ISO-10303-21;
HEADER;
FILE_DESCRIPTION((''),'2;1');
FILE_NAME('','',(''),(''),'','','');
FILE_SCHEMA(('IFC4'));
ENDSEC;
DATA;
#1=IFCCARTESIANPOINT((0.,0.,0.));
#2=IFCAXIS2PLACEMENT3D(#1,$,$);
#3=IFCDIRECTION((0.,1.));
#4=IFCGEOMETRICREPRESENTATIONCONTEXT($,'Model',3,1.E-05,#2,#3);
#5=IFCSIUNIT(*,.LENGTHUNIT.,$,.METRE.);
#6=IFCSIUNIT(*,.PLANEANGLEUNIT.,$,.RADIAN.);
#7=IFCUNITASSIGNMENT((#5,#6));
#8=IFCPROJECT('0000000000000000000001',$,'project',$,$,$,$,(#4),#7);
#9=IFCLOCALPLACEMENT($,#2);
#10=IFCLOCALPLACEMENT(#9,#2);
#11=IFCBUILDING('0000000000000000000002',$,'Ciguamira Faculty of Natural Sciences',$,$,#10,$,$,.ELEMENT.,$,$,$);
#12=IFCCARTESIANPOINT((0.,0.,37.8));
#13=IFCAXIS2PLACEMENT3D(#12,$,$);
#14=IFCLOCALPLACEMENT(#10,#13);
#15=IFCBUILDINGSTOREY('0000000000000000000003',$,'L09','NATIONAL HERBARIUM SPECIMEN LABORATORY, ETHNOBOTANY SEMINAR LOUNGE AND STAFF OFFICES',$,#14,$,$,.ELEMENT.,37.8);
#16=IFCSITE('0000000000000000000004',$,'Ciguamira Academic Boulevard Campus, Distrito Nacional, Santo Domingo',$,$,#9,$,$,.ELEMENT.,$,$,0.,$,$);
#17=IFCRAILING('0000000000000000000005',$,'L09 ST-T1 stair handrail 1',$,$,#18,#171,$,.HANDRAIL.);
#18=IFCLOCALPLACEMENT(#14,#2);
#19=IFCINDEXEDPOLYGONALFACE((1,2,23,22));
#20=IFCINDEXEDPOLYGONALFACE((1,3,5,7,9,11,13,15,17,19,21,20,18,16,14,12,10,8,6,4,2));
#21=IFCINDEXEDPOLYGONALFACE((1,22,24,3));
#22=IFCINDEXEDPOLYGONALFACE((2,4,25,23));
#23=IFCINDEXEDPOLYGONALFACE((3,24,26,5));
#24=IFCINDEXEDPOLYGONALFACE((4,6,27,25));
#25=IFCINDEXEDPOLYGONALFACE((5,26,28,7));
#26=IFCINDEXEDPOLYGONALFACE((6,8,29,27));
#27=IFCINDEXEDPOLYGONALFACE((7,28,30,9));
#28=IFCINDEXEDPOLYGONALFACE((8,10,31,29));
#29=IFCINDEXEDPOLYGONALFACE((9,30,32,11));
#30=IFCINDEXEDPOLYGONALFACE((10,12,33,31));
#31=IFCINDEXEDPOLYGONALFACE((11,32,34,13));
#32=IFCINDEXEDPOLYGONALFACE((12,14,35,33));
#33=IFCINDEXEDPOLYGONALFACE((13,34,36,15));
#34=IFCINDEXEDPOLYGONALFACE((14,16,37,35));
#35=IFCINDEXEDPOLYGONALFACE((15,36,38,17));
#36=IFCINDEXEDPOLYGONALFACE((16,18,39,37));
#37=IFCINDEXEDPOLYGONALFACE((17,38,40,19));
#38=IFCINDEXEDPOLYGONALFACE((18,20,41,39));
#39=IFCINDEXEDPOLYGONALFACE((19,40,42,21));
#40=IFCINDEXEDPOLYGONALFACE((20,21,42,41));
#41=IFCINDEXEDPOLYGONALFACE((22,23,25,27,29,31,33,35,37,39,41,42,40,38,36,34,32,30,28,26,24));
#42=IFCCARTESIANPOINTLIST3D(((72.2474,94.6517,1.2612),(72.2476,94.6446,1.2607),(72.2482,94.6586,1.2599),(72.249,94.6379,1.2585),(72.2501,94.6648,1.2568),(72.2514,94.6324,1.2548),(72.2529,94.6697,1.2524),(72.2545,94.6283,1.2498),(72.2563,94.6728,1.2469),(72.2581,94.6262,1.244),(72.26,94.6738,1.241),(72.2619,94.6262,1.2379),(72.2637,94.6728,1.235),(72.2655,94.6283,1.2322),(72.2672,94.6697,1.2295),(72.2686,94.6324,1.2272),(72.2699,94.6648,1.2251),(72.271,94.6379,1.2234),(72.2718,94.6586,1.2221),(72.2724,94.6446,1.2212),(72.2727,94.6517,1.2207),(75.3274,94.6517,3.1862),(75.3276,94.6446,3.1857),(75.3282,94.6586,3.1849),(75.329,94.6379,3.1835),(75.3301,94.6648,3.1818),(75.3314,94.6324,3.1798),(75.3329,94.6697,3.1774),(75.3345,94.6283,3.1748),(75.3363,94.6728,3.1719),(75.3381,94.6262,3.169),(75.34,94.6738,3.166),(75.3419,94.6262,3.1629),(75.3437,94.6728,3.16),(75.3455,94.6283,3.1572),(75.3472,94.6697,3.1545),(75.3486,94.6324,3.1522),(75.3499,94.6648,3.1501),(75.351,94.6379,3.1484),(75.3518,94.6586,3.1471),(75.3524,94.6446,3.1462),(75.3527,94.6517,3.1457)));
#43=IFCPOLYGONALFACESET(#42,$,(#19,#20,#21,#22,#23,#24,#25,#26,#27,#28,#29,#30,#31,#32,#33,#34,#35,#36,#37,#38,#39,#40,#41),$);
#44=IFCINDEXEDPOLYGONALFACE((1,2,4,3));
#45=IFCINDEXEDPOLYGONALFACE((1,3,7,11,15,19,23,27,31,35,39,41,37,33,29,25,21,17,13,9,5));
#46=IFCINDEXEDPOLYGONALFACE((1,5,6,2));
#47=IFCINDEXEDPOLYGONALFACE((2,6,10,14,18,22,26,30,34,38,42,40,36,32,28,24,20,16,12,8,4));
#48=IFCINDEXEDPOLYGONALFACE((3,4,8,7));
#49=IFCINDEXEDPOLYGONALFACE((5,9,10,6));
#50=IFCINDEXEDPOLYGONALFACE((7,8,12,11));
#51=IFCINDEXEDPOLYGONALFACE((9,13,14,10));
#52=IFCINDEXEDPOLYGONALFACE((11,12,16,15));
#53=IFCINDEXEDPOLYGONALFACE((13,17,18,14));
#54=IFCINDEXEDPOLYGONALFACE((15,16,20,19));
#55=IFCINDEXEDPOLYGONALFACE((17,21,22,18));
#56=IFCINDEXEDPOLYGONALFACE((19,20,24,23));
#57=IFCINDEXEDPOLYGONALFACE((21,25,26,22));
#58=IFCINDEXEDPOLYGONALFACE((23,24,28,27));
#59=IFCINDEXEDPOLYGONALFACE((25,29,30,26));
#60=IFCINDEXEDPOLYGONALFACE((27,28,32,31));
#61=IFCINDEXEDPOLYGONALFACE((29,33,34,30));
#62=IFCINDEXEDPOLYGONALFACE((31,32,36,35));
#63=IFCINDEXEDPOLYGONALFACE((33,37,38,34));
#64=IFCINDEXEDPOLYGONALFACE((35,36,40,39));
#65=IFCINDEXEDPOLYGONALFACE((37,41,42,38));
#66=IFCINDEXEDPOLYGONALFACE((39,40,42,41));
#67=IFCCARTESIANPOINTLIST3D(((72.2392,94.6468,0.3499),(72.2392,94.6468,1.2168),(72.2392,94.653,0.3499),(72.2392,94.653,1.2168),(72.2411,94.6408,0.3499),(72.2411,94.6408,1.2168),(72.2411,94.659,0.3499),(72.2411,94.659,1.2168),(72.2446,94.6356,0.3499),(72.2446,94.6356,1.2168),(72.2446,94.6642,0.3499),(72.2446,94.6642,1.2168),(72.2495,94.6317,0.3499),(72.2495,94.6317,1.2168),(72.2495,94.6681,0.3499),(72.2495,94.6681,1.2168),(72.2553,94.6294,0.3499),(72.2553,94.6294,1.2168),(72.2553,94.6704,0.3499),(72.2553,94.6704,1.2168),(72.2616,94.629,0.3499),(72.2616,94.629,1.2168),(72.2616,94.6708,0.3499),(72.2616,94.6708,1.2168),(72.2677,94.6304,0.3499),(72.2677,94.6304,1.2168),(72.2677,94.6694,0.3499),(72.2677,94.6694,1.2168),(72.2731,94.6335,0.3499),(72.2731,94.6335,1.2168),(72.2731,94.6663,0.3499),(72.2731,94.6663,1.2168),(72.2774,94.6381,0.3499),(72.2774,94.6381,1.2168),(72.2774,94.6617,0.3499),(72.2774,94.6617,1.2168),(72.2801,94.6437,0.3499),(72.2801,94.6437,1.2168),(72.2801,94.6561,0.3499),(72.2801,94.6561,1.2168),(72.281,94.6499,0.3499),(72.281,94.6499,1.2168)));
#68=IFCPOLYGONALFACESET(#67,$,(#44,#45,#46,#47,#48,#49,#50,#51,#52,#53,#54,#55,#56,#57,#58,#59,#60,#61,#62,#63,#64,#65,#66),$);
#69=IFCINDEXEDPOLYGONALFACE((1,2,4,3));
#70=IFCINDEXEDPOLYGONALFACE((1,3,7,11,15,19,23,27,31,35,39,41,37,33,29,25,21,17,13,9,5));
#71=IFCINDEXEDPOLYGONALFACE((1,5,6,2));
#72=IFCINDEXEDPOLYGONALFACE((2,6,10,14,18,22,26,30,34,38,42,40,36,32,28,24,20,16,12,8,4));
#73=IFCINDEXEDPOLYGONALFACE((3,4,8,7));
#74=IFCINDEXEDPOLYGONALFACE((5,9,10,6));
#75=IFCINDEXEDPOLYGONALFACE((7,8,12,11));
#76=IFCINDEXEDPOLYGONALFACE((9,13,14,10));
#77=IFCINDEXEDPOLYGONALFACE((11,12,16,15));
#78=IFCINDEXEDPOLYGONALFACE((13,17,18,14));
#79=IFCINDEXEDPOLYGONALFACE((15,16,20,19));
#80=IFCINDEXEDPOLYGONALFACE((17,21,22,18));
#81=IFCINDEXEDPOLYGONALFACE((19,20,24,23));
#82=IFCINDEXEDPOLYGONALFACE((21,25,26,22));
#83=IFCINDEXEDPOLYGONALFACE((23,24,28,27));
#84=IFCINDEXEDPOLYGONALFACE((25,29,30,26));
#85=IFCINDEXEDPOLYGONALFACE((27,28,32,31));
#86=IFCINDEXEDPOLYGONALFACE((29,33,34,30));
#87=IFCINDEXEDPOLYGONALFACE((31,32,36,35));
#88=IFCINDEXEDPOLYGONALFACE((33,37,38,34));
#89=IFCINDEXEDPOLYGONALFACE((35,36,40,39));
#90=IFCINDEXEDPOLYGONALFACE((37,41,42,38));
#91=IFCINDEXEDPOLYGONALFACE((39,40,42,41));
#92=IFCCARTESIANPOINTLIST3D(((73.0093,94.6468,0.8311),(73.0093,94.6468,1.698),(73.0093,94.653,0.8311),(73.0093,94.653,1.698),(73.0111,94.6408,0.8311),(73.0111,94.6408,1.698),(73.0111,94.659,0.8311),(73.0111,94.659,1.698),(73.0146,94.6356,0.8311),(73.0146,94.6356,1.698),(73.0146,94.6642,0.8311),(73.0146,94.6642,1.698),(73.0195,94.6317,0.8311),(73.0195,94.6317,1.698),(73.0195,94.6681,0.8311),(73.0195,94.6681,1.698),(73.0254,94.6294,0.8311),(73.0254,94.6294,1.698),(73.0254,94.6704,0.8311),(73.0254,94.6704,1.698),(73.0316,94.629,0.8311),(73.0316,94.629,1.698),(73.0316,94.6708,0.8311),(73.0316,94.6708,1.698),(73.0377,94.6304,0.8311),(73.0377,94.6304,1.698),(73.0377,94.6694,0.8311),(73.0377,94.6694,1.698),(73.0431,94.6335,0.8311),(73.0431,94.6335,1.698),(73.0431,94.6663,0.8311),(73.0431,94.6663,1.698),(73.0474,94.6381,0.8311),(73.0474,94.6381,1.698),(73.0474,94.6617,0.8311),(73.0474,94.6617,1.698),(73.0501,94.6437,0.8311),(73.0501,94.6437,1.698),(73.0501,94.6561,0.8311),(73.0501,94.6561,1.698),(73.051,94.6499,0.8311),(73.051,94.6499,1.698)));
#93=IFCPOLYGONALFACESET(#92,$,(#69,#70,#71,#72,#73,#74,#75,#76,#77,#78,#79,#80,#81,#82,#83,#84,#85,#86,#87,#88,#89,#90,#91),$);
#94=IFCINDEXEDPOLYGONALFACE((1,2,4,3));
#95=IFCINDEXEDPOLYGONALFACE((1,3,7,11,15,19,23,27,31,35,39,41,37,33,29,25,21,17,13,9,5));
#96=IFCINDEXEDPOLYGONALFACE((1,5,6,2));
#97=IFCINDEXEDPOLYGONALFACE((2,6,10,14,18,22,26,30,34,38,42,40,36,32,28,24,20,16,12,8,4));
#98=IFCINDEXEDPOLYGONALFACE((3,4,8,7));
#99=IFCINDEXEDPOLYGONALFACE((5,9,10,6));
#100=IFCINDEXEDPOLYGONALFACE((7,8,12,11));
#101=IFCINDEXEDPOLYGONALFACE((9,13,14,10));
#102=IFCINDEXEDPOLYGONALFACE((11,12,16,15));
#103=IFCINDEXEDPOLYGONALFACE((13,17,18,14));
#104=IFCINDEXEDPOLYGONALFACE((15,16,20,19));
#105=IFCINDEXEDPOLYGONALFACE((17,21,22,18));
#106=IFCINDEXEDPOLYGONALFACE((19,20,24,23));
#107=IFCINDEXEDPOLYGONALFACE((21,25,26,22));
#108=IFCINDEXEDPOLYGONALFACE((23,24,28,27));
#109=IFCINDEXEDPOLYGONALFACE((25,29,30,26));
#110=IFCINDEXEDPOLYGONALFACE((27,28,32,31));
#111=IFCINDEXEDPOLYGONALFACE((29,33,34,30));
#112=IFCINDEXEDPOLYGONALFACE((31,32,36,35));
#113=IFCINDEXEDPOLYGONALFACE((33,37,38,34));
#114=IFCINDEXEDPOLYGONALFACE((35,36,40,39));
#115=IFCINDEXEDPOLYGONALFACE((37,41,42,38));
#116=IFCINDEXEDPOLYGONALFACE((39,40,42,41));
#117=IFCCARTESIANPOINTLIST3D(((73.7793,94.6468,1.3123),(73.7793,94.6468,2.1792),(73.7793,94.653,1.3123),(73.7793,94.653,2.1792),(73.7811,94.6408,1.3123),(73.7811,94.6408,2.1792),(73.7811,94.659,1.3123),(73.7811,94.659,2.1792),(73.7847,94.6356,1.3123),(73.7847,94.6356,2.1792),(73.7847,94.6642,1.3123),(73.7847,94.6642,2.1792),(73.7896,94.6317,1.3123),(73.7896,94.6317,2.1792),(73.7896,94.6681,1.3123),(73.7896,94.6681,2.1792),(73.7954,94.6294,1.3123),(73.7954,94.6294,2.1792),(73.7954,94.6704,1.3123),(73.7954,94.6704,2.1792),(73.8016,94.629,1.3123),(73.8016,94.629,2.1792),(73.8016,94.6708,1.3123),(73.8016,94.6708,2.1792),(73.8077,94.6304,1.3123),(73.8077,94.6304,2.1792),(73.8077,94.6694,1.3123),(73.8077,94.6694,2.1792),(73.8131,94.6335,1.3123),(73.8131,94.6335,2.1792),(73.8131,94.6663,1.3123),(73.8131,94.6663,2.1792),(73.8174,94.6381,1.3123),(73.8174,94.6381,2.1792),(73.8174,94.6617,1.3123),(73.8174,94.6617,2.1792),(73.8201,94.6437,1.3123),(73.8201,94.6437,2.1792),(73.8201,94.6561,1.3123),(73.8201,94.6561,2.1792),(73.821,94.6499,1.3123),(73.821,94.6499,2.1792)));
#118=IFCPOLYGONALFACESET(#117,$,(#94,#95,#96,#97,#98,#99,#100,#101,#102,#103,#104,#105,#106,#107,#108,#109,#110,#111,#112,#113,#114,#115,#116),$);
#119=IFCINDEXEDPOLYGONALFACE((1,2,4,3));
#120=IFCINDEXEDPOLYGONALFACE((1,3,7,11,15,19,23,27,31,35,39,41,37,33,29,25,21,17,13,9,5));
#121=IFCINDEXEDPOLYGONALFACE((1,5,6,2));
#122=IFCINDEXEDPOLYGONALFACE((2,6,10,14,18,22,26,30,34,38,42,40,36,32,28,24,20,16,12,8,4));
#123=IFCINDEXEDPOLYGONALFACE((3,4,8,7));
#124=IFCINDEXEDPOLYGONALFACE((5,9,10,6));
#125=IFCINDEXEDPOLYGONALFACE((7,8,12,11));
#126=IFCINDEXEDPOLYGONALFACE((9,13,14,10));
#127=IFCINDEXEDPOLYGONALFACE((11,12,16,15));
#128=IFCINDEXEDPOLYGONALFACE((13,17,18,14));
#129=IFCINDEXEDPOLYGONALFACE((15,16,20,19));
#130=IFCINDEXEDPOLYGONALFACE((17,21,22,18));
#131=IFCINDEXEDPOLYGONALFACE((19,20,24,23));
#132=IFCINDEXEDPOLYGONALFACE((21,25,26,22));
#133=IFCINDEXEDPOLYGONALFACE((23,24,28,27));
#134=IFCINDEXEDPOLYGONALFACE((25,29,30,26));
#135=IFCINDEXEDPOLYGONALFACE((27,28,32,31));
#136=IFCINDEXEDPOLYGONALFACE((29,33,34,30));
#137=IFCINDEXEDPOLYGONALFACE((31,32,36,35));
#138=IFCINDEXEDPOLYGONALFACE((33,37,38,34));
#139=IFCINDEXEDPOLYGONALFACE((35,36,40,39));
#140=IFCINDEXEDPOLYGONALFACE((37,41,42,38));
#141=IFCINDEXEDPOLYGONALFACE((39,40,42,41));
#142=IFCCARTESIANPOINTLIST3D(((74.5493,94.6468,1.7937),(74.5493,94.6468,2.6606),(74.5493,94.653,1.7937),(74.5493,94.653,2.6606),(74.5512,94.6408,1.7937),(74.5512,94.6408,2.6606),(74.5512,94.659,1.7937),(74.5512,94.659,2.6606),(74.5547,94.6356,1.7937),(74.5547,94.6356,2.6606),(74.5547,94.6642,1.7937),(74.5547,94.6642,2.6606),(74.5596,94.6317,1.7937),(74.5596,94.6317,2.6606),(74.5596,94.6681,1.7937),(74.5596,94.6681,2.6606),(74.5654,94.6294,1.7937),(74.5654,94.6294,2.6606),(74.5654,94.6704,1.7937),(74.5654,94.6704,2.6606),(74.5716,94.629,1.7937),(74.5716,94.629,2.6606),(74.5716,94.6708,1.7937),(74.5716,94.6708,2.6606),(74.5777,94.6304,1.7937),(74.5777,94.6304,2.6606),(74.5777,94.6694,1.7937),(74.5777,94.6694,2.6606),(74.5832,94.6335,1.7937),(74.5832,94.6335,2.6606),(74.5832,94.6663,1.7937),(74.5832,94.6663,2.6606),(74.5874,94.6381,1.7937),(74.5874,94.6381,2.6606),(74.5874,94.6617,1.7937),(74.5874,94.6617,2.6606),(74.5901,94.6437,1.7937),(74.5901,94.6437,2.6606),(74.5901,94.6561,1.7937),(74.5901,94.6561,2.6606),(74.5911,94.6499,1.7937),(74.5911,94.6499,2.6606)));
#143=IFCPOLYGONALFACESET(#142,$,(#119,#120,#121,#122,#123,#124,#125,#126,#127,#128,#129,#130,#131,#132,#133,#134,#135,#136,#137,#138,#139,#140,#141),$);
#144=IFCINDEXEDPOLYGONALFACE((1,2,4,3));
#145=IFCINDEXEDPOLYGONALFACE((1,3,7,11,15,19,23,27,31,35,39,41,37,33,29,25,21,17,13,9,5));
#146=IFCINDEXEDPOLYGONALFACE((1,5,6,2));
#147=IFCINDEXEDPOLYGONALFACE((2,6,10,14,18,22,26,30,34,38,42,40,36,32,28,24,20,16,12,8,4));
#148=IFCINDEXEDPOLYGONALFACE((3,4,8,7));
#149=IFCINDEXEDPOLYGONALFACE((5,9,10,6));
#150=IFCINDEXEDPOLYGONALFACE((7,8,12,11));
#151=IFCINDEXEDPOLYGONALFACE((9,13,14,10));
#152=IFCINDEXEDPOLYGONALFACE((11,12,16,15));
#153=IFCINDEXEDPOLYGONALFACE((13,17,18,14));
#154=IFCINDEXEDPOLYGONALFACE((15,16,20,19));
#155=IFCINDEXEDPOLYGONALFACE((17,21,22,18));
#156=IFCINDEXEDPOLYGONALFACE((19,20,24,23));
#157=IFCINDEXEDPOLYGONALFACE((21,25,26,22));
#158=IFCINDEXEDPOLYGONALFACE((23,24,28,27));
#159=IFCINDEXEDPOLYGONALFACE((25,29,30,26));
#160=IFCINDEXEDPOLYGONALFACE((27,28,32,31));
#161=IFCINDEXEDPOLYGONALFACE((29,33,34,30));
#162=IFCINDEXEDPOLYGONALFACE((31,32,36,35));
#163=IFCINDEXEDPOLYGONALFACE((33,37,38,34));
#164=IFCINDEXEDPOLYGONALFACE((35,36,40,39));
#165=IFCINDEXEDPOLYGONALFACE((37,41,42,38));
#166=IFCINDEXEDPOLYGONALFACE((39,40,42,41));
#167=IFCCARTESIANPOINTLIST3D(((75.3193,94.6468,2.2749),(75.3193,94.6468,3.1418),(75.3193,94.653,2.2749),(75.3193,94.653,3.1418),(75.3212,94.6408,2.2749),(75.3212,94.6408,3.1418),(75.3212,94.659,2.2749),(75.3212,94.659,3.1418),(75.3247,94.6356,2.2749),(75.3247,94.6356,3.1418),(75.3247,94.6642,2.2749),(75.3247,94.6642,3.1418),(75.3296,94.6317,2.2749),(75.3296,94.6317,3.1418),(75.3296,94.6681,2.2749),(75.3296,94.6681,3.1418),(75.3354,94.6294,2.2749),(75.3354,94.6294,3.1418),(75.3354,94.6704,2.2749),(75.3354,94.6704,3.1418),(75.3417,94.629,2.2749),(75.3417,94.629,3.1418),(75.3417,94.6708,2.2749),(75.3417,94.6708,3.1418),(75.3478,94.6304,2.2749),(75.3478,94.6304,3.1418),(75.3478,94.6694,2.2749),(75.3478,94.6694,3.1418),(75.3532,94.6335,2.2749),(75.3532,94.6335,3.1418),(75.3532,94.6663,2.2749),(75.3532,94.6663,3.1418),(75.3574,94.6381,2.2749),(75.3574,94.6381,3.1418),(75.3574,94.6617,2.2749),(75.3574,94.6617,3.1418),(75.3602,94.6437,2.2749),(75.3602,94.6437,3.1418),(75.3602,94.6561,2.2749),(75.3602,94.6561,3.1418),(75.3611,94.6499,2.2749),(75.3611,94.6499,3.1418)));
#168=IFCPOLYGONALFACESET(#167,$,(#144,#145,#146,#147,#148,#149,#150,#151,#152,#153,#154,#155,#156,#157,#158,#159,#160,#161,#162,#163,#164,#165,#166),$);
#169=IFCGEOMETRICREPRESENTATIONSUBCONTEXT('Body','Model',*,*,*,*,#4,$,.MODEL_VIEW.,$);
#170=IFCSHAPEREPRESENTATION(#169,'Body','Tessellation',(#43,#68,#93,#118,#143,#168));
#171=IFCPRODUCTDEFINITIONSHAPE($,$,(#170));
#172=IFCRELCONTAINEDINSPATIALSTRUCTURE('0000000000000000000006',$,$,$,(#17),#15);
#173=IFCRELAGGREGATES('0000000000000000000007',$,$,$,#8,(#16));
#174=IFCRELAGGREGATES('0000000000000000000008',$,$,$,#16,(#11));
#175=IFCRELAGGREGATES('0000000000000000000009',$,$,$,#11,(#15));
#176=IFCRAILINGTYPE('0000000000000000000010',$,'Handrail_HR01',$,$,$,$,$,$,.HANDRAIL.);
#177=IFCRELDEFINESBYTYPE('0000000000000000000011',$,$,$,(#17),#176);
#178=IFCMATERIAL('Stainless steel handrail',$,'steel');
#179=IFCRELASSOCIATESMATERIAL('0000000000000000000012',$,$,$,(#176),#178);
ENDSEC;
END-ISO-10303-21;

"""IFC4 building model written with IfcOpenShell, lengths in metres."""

from ifc_helpers import new_model, si_unit, direction, frame, origin, origin_2d, place, context, subcontext, project, spatial, circle, extrude, material, type_object, element, save


model = new_model("IFC4")

# Units and contexts
model_context = context("Model", 3, precision=1e-05, world=origin(), true_north=direction((0.0, 1.0)))
body_context = subcontext(model_context, "Body", "Model", "MODEL_VIEW")
ifc_project = project(units=[si_unit("LENGTHUNIT", "METRE"), si_unit("PLANEANGLEUNIT", "RADIAN")], contexts=[model_context])

# Site, building, storey
site_placement = place(None, origin())
site = spatial("IfcSite", under=ifc_project, at=site_placement, Name="Ciguamira Academic Boulevard Campus, Distrito Nacional, Santo Domingo", CompositionType="ELEMENT", RefElevation=0.0)
building_placement = place(site_placement, origin())
building = spatial("IfcBuilding", under=site, at=building_placement, Name="Ciguamira Faculty of Natural Sciences", CompositionType="ELEMENT")
storey_placement = place(building_placement, frame((0.0, 0.0, 37.8)))
storey = spatial("IfcBuildingStorey", under=building, at=storey_placement, Name="L09", Description="NATIONAL HERBARIUM SPECIMEN LABORATORY, ETHNOBOTANY SEMINAR LOUNGE AND STAFF OFFICES", CompositionType="ELEMENT", Elevation=37.8)

# Railing
ifc_material_1 = material(Name="Stainless steel handrail", Category="steel")
railing_type_1 = type_object("IfcRailingType", Name="Handrail_HR01", PredefinedType="HANDRAIL", material=ifc_material_1)
railing_1_placement = place(storey_placement, frame((72.26, 94.6499, 0.3499)))
element("IfcRailing", 1, at=railing_1_placement, inside=storey, type_object=railing_type_1, Name="L09 ST-T1 stair handrail 1", PredefinedType="HANDRAIL", context=body_context, shape_type="SweptSolid", body=[
    extrude(circle(Radius=0.0239, at=origin_2d()), frame((0.0, 0.0, 0.8911), z_axis=(0.847998, 0.0, 0.529999), x_axis=(0.0, 1.0, 0.0)), (0.0, 0.0, 1.0), 3.6321),
    extrude(circle(Radius=0.021, at=origin_2d()), origin(), (0.0, 0.0, 1.0), 0.8669),
    extrude(circle(Radius=0.021, at=origin_2d()), frame((0.77, 0.0, 0.4812)), (0.0, 0.0, 1.0), 0.8669),
    extrude(circle(Radius=0.021, at=origin_2d()), frame((1.54, 0.0, 0.9624)), (0.0, 0.0, 1.0), 0.8669),
    extrude(circle(Radius=0.021, at=origin_2d()), frame((2.3101, 0.0, 1.4438)), (0.0, 0.0, 1.0), 0.8669),
    extrude(circle(Radius=0.021, at=origin_2d()), frame((3.0801, 0.0, 1.925)), (0.0, 0.0, 1.0), 0.8669),
])

save(model, "model.ifc")
